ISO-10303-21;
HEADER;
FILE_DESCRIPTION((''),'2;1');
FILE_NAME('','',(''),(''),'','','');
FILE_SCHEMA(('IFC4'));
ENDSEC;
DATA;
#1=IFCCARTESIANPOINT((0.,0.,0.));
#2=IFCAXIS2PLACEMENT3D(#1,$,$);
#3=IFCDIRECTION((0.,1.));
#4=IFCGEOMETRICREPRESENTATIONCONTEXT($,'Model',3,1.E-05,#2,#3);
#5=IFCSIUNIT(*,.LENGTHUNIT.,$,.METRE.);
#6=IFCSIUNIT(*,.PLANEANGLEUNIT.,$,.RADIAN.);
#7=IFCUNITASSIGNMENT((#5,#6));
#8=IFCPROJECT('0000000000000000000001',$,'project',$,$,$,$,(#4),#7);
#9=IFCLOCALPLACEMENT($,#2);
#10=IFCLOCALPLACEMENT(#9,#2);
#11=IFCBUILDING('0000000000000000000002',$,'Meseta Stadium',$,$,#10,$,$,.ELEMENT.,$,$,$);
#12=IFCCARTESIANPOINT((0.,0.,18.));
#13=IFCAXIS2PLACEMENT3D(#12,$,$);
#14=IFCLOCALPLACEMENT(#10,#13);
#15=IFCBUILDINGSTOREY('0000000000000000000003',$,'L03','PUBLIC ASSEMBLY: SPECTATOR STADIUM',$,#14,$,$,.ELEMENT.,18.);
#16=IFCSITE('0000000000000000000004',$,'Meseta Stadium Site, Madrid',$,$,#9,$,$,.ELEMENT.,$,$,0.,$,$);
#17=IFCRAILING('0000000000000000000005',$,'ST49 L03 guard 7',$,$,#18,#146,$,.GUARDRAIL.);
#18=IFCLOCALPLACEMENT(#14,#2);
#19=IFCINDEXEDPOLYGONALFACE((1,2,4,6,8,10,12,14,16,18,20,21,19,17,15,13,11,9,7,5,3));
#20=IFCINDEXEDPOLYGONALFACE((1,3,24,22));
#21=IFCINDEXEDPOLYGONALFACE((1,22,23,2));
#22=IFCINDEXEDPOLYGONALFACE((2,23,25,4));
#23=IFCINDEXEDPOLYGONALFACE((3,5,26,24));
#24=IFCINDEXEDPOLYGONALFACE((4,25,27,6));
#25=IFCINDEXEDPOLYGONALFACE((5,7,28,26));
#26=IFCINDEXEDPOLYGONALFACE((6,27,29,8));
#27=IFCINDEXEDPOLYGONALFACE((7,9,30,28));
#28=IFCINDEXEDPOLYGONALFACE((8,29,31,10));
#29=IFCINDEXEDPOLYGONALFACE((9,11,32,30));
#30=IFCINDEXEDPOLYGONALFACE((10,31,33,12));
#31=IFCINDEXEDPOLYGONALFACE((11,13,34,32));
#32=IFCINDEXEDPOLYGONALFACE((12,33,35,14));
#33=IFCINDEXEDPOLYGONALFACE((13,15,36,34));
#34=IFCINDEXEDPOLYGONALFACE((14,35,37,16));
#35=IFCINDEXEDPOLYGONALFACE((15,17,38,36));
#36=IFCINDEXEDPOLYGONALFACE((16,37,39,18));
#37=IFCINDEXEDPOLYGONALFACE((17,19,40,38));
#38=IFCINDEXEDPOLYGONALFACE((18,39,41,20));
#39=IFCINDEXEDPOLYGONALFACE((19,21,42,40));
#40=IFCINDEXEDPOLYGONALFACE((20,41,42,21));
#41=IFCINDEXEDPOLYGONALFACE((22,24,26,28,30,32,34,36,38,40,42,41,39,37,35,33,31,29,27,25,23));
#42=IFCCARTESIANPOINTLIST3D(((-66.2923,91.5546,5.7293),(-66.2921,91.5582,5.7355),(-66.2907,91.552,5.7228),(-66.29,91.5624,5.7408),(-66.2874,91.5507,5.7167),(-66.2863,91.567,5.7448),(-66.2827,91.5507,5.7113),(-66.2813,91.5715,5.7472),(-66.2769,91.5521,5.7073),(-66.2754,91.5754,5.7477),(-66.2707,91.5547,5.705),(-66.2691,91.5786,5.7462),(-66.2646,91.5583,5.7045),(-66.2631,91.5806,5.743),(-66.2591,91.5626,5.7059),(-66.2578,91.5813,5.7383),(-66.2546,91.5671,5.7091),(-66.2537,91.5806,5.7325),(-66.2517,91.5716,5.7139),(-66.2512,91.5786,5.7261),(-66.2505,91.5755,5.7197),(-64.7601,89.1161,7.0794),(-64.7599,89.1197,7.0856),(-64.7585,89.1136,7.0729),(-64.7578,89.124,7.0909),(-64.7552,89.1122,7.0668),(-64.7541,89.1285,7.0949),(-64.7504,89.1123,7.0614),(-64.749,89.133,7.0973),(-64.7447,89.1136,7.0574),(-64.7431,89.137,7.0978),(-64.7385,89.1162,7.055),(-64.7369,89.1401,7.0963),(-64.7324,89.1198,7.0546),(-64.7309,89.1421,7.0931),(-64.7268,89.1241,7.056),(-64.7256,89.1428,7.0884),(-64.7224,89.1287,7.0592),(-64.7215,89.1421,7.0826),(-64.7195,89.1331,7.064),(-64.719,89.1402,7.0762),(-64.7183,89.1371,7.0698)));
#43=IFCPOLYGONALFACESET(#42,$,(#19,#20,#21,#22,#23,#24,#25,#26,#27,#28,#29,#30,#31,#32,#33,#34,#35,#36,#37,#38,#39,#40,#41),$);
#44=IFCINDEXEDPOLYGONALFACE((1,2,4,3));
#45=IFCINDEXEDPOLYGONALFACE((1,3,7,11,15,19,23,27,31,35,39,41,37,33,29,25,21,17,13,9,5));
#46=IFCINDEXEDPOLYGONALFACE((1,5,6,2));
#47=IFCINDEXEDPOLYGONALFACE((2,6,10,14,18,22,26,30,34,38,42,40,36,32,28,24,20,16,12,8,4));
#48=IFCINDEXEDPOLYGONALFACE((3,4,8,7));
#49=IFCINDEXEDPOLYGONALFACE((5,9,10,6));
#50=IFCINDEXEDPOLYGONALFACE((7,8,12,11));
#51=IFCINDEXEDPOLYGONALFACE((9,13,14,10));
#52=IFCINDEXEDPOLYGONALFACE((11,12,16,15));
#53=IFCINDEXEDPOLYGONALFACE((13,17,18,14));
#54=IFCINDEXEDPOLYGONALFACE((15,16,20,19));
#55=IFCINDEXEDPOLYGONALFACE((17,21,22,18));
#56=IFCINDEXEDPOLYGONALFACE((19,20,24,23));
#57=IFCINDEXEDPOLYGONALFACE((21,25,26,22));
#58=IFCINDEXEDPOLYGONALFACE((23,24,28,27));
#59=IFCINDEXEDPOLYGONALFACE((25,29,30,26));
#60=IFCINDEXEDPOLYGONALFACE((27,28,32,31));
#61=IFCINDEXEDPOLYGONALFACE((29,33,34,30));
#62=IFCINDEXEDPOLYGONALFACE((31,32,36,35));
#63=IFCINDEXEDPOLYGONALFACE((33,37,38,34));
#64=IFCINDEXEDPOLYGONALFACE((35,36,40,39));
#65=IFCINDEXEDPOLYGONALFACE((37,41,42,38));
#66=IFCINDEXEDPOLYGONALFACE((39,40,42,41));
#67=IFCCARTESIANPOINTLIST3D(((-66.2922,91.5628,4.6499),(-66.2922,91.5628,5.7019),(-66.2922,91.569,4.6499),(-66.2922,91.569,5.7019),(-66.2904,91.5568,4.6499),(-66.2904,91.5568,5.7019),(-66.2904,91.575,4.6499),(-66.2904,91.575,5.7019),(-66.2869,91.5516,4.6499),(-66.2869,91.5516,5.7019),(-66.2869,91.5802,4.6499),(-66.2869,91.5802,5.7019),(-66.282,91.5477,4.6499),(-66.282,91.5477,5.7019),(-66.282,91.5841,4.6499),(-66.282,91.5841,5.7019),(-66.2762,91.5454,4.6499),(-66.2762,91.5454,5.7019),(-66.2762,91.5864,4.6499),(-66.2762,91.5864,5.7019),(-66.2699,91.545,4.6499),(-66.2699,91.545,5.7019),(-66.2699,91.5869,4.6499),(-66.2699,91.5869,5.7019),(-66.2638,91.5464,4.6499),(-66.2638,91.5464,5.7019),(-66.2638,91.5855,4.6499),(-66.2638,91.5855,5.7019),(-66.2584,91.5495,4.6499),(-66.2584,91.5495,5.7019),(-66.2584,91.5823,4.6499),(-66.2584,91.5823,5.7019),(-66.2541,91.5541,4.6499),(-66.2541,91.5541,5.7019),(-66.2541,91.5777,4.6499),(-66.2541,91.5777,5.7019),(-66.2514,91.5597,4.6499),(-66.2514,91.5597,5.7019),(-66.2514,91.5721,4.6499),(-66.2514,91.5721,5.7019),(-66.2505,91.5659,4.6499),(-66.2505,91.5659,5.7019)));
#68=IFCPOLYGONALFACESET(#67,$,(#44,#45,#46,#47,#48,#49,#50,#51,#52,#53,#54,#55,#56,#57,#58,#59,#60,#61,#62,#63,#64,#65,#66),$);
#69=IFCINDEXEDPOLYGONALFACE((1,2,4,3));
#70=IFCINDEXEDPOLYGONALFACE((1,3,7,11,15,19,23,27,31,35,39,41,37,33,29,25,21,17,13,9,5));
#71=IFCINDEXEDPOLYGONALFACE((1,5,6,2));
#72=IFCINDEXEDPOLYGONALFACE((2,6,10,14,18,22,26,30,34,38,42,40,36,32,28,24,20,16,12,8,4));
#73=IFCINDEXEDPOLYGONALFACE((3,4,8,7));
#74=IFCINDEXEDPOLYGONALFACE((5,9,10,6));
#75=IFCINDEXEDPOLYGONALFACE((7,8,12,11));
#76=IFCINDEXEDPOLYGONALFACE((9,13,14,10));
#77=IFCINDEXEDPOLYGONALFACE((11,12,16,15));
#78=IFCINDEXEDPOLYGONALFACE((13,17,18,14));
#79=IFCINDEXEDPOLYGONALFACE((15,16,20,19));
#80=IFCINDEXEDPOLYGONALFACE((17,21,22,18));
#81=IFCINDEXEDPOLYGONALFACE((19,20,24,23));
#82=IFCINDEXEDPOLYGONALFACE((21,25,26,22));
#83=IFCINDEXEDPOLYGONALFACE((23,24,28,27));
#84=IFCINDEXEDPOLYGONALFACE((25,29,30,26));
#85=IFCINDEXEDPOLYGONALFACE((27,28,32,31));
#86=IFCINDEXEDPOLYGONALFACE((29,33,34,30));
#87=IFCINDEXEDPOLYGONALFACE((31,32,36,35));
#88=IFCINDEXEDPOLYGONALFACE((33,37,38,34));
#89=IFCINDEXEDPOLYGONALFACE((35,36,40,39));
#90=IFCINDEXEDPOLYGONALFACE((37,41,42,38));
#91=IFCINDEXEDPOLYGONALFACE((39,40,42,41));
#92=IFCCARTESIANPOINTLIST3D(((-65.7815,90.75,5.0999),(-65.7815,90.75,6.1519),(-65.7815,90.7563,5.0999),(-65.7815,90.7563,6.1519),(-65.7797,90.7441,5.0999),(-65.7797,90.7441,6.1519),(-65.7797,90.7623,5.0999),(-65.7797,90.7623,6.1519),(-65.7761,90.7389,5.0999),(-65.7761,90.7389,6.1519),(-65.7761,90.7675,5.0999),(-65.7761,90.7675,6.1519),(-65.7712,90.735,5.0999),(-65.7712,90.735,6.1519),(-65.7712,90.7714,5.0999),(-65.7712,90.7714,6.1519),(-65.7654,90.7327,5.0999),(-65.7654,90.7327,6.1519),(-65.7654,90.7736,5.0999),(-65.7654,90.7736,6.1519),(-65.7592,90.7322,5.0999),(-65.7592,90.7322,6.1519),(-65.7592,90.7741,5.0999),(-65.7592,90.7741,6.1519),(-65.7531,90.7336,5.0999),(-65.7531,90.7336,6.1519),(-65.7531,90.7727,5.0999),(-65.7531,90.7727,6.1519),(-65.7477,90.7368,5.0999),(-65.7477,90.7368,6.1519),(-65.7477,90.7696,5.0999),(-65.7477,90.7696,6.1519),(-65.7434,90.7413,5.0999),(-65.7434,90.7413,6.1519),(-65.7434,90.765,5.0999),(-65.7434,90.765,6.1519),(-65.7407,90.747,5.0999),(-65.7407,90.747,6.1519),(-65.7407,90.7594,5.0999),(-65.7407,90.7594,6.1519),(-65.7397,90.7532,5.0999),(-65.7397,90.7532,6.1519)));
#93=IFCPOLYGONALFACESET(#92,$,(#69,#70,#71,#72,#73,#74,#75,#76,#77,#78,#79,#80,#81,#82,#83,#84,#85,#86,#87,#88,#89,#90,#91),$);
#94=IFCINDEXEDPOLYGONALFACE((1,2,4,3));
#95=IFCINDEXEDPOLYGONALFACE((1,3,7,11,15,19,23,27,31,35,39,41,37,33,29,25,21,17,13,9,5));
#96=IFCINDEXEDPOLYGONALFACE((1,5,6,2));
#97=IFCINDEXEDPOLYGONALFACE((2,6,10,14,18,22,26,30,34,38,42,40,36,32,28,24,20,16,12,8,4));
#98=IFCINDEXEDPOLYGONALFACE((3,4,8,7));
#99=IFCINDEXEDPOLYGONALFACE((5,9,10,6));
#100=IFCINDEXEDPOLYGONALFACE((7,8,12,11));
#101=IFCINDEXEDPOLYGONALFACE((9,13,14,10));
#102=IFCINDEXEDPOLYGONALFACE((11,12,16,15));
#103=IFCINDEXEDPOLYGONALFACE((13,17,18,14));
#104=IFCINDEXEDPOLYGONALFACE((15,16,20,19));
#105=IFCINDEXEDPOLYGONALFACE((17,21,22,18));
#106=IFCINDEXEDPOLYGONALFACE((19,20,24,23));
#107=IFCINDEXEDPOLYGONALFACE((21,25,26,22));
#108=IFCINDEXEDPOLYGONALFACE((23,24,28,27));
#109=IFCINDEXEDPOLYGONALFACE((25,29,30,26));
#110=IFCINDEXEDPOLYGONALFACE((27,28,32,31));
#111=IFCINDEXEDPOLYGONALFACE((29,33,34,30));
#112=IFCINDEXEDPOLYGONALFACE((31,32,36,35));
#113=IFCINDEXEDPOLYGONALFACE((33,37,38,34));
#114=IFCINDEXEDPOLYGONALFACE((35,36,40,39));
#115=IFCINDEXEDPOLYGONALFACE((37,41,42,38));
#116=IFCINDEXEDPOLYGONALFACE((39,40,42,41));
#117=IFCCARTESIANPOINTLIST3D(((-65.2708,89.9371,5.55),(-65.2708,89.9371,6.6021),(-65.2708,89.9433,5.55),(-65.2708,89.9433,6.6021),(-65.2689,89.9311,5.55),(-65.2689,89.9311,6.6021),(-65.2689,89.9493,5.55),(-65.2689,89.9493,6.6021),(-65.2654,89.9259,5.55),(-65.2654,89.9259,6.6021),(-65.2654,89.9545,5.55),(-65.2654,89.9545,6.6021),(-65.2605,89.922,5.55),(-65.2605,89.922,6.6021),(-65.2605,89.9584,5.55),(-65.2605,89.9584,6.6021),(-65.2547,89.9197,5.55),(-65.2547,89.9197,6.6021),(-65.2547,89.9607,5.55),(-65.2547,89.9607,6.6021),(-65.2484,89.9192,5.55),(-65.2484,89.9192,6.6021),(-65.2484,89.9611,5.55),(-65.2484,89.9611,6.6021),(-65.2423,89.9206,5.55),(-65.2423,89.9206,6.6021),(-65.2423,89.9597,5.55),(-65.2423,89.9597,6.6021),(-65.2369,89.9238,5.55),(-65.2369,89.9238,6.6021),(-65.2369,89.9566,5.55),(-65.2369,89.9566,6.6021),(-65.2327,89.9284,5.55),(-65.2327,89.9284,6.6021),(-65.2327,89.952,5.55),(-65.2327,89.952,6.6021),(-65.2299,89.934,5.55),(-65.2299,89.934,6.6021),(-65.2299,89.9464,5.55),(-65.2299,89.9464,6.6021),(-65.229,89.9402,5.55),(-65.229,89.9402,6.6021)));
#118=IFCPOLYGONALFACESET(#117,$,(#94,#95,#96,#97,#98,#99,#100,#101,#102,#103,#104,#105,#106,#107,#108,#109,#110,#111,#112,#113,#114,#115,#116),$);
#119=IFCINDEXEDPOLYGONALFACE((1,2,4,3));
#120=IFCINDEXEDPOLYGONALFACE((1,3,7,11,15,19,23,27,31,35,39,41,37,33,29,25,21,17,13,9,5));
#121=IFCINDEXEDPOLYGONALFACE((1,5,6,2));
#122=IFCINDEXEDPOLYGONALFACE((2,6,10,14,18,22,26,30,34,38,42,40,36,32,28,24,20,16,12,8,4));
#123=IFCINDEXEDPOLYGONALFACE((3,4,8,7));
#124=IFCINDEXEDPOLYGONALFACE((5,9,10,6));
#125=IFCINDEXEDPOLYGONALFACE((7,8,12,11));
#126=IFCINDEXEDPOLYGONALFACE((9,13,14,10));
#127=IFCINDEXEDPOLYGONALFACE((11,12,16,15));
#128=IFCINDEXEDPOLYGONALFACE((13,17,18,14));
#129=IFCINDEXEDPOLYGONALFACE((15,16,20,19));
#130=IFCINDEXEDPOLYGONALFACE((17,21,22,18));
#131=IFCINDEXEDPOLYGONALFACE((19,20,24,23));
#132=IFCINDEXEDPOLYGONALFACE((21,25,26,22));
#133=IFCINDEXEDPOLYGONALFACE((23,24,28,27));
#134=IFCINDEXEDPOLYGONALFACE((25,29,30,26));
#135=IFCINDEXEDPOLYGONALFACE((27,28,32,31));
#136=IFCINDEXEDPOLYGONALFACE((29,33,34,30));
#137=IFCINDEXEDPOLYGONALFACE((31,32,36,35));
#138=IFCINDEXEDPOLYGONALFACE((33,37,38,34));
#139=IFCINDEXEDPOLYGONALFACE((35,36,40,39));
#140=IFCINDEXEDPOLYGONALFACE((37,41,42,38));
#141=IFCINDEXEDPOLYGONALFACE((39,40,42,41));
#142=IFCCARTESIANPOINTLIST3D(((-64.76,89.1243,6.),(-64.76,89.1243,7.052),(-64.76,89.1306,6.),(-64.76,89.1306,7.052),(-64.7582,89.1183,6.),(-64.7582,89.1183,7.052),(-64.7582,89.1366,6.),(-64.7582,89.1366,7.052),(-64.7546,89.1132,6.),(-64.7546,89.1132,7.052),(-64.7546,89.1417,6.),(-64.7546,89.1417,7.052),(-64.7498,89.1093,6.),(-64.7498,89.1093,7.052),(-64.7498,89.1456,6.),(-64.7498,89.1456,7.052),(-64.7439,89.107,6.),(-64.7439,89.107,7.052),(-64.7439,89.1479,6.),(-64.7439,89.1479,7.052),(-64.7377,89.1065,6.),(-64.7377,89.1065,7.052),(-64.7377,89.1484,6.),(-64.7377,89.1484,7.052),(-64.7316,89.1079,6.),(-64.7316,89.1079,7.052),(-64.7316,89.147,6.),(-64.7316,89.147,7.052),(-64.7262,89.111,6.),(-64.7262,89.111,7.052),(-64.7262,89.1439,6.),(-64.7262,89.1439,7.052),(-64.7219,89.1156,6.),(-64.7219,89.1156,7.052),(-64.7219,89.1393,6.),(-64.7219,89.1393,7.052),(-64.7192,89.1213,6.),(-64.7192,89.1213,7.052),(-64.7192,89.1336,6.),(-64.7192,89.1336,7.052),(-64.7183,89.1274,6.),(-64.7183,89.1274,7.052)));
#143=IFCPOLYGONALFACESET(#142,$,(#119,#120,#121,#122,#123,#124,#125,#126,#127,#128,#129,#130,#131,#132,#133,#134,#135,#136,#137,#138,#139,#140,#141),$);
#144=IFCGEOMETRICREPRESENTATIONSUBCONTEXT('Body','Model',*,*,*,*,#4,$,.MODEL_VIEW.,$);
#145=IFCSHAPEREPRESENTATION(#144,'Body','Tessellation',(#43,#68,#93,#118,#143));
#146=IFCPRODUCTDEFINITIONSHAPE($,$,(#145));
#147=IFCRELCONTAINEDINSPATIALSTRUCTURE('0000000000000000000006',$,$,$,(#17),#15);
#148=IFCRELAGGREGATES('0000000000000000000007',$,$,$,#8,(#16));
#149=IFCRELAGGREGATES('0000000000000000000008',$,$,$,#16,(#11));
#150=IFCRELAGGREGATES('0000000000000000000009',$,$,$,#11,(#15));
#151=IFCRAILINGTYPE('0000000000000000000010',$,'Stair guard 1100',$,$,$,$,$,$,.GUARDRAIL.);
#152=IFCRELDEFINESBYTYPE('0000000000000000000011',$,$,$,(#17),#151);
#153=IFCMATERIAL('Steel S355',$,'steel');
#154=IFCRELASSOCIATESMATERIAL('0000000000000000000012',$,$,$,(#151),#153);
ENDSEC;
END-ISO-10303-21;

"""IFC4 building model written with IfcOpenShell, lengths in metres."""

from ifc_helpers import new_model, si_unit, direction, frame, origin, origin_2d, place, context, subcontext, project, spatial, circle, extrude, material, type_object, element, save


model = new_model("IFC4")

# Units and contexts
model_context = context("Model", 3, precision=1e-05, world=origin(), true_north=direction((0.0, 1.0)))
body_context = subcontext(model_context, "Body", "Model", "MODEL_VIEW")
ifc_project = project(units=[si_unit("LENGTHUNIT", "METRE"), si_unit("PLANEANGLEUNIT", "RADIAN")], contexts=[model_context])

# Site, building, storey
site_placement = place(None, origin())
site = spatial("IfcSite", under=ifc_project, at=site_placement, Name="Meseta Stadium Site, Madrid", CompositionType="ELEMENT", RefElevation=0.0)
building_placement = place(site_placement, origin())
building = spatial("IfcBuilding", under=site, at=building_placement, Name="Meseta Stadium", CompositionType="ELEMENT")
storey_placement = place(building_placement, frame((0.0, 0.0, 18.0)))
storey = spatial("IfcBuildingStorey", under=building, at=storey_placement, Name="L03", Description="PUBLIC ASSEMBLY: SPECTATOR STADIUM", CompositionType="ELEMENT", Elevation=18.0)

# Railing
ifc_material_1 = material(Name="Steel S355", Category="steel")
railing_type_1 = type_object("IfcRailingType", Name="Stair guard 1100", PredefinedType="GUARDRAIL", material=ifc_material_1)
railing_1_placement = place(storey_placement, frame((-66.2715, 91.5659, 4.6499)))
element("IfcRailing", 1, at=railing_1_placement, inside=storey, type_object=railing_type_1, Name="ST49 L03 guard 7", PredefinedType="GUARDRAIL", context=body_context, shape_type="SweptSolid", body=[
    extrude(circle(Radius=0.0239, at=origin_2d()), frame((0.0, 0.0, 1.0762), z_axis=(0.481731, -0.766655, 0.42447), x_axis=(0.846719, 0.53204, 0.0)), (0.0, 0.0, 1.0), 3.1807),
    extrude(circle(Radius=0.021, at=origin_2d()), origin(), (0.0, 0.0, 1.0), 1.052),
    extrude(circle(Radius=0.021, at=origin_2d()), frame((0.5107, -0.8127, 0.45)), (0.0, 0.0, 1.0), 1.052),
    extrude(circle(Radius=0.021, at=origin_2d()), frame((1.0215, -1.6257, 0.9001)), (0.0, 0.0, 1.0), 1.052),
    extrude(circle(Radius=0.021, at=origin_2d()), frame((1.5322, -2.4385, 1.3501)), (0.0, 0.0, 1.0), 1.052),
])

save(model, "model.ifc")
